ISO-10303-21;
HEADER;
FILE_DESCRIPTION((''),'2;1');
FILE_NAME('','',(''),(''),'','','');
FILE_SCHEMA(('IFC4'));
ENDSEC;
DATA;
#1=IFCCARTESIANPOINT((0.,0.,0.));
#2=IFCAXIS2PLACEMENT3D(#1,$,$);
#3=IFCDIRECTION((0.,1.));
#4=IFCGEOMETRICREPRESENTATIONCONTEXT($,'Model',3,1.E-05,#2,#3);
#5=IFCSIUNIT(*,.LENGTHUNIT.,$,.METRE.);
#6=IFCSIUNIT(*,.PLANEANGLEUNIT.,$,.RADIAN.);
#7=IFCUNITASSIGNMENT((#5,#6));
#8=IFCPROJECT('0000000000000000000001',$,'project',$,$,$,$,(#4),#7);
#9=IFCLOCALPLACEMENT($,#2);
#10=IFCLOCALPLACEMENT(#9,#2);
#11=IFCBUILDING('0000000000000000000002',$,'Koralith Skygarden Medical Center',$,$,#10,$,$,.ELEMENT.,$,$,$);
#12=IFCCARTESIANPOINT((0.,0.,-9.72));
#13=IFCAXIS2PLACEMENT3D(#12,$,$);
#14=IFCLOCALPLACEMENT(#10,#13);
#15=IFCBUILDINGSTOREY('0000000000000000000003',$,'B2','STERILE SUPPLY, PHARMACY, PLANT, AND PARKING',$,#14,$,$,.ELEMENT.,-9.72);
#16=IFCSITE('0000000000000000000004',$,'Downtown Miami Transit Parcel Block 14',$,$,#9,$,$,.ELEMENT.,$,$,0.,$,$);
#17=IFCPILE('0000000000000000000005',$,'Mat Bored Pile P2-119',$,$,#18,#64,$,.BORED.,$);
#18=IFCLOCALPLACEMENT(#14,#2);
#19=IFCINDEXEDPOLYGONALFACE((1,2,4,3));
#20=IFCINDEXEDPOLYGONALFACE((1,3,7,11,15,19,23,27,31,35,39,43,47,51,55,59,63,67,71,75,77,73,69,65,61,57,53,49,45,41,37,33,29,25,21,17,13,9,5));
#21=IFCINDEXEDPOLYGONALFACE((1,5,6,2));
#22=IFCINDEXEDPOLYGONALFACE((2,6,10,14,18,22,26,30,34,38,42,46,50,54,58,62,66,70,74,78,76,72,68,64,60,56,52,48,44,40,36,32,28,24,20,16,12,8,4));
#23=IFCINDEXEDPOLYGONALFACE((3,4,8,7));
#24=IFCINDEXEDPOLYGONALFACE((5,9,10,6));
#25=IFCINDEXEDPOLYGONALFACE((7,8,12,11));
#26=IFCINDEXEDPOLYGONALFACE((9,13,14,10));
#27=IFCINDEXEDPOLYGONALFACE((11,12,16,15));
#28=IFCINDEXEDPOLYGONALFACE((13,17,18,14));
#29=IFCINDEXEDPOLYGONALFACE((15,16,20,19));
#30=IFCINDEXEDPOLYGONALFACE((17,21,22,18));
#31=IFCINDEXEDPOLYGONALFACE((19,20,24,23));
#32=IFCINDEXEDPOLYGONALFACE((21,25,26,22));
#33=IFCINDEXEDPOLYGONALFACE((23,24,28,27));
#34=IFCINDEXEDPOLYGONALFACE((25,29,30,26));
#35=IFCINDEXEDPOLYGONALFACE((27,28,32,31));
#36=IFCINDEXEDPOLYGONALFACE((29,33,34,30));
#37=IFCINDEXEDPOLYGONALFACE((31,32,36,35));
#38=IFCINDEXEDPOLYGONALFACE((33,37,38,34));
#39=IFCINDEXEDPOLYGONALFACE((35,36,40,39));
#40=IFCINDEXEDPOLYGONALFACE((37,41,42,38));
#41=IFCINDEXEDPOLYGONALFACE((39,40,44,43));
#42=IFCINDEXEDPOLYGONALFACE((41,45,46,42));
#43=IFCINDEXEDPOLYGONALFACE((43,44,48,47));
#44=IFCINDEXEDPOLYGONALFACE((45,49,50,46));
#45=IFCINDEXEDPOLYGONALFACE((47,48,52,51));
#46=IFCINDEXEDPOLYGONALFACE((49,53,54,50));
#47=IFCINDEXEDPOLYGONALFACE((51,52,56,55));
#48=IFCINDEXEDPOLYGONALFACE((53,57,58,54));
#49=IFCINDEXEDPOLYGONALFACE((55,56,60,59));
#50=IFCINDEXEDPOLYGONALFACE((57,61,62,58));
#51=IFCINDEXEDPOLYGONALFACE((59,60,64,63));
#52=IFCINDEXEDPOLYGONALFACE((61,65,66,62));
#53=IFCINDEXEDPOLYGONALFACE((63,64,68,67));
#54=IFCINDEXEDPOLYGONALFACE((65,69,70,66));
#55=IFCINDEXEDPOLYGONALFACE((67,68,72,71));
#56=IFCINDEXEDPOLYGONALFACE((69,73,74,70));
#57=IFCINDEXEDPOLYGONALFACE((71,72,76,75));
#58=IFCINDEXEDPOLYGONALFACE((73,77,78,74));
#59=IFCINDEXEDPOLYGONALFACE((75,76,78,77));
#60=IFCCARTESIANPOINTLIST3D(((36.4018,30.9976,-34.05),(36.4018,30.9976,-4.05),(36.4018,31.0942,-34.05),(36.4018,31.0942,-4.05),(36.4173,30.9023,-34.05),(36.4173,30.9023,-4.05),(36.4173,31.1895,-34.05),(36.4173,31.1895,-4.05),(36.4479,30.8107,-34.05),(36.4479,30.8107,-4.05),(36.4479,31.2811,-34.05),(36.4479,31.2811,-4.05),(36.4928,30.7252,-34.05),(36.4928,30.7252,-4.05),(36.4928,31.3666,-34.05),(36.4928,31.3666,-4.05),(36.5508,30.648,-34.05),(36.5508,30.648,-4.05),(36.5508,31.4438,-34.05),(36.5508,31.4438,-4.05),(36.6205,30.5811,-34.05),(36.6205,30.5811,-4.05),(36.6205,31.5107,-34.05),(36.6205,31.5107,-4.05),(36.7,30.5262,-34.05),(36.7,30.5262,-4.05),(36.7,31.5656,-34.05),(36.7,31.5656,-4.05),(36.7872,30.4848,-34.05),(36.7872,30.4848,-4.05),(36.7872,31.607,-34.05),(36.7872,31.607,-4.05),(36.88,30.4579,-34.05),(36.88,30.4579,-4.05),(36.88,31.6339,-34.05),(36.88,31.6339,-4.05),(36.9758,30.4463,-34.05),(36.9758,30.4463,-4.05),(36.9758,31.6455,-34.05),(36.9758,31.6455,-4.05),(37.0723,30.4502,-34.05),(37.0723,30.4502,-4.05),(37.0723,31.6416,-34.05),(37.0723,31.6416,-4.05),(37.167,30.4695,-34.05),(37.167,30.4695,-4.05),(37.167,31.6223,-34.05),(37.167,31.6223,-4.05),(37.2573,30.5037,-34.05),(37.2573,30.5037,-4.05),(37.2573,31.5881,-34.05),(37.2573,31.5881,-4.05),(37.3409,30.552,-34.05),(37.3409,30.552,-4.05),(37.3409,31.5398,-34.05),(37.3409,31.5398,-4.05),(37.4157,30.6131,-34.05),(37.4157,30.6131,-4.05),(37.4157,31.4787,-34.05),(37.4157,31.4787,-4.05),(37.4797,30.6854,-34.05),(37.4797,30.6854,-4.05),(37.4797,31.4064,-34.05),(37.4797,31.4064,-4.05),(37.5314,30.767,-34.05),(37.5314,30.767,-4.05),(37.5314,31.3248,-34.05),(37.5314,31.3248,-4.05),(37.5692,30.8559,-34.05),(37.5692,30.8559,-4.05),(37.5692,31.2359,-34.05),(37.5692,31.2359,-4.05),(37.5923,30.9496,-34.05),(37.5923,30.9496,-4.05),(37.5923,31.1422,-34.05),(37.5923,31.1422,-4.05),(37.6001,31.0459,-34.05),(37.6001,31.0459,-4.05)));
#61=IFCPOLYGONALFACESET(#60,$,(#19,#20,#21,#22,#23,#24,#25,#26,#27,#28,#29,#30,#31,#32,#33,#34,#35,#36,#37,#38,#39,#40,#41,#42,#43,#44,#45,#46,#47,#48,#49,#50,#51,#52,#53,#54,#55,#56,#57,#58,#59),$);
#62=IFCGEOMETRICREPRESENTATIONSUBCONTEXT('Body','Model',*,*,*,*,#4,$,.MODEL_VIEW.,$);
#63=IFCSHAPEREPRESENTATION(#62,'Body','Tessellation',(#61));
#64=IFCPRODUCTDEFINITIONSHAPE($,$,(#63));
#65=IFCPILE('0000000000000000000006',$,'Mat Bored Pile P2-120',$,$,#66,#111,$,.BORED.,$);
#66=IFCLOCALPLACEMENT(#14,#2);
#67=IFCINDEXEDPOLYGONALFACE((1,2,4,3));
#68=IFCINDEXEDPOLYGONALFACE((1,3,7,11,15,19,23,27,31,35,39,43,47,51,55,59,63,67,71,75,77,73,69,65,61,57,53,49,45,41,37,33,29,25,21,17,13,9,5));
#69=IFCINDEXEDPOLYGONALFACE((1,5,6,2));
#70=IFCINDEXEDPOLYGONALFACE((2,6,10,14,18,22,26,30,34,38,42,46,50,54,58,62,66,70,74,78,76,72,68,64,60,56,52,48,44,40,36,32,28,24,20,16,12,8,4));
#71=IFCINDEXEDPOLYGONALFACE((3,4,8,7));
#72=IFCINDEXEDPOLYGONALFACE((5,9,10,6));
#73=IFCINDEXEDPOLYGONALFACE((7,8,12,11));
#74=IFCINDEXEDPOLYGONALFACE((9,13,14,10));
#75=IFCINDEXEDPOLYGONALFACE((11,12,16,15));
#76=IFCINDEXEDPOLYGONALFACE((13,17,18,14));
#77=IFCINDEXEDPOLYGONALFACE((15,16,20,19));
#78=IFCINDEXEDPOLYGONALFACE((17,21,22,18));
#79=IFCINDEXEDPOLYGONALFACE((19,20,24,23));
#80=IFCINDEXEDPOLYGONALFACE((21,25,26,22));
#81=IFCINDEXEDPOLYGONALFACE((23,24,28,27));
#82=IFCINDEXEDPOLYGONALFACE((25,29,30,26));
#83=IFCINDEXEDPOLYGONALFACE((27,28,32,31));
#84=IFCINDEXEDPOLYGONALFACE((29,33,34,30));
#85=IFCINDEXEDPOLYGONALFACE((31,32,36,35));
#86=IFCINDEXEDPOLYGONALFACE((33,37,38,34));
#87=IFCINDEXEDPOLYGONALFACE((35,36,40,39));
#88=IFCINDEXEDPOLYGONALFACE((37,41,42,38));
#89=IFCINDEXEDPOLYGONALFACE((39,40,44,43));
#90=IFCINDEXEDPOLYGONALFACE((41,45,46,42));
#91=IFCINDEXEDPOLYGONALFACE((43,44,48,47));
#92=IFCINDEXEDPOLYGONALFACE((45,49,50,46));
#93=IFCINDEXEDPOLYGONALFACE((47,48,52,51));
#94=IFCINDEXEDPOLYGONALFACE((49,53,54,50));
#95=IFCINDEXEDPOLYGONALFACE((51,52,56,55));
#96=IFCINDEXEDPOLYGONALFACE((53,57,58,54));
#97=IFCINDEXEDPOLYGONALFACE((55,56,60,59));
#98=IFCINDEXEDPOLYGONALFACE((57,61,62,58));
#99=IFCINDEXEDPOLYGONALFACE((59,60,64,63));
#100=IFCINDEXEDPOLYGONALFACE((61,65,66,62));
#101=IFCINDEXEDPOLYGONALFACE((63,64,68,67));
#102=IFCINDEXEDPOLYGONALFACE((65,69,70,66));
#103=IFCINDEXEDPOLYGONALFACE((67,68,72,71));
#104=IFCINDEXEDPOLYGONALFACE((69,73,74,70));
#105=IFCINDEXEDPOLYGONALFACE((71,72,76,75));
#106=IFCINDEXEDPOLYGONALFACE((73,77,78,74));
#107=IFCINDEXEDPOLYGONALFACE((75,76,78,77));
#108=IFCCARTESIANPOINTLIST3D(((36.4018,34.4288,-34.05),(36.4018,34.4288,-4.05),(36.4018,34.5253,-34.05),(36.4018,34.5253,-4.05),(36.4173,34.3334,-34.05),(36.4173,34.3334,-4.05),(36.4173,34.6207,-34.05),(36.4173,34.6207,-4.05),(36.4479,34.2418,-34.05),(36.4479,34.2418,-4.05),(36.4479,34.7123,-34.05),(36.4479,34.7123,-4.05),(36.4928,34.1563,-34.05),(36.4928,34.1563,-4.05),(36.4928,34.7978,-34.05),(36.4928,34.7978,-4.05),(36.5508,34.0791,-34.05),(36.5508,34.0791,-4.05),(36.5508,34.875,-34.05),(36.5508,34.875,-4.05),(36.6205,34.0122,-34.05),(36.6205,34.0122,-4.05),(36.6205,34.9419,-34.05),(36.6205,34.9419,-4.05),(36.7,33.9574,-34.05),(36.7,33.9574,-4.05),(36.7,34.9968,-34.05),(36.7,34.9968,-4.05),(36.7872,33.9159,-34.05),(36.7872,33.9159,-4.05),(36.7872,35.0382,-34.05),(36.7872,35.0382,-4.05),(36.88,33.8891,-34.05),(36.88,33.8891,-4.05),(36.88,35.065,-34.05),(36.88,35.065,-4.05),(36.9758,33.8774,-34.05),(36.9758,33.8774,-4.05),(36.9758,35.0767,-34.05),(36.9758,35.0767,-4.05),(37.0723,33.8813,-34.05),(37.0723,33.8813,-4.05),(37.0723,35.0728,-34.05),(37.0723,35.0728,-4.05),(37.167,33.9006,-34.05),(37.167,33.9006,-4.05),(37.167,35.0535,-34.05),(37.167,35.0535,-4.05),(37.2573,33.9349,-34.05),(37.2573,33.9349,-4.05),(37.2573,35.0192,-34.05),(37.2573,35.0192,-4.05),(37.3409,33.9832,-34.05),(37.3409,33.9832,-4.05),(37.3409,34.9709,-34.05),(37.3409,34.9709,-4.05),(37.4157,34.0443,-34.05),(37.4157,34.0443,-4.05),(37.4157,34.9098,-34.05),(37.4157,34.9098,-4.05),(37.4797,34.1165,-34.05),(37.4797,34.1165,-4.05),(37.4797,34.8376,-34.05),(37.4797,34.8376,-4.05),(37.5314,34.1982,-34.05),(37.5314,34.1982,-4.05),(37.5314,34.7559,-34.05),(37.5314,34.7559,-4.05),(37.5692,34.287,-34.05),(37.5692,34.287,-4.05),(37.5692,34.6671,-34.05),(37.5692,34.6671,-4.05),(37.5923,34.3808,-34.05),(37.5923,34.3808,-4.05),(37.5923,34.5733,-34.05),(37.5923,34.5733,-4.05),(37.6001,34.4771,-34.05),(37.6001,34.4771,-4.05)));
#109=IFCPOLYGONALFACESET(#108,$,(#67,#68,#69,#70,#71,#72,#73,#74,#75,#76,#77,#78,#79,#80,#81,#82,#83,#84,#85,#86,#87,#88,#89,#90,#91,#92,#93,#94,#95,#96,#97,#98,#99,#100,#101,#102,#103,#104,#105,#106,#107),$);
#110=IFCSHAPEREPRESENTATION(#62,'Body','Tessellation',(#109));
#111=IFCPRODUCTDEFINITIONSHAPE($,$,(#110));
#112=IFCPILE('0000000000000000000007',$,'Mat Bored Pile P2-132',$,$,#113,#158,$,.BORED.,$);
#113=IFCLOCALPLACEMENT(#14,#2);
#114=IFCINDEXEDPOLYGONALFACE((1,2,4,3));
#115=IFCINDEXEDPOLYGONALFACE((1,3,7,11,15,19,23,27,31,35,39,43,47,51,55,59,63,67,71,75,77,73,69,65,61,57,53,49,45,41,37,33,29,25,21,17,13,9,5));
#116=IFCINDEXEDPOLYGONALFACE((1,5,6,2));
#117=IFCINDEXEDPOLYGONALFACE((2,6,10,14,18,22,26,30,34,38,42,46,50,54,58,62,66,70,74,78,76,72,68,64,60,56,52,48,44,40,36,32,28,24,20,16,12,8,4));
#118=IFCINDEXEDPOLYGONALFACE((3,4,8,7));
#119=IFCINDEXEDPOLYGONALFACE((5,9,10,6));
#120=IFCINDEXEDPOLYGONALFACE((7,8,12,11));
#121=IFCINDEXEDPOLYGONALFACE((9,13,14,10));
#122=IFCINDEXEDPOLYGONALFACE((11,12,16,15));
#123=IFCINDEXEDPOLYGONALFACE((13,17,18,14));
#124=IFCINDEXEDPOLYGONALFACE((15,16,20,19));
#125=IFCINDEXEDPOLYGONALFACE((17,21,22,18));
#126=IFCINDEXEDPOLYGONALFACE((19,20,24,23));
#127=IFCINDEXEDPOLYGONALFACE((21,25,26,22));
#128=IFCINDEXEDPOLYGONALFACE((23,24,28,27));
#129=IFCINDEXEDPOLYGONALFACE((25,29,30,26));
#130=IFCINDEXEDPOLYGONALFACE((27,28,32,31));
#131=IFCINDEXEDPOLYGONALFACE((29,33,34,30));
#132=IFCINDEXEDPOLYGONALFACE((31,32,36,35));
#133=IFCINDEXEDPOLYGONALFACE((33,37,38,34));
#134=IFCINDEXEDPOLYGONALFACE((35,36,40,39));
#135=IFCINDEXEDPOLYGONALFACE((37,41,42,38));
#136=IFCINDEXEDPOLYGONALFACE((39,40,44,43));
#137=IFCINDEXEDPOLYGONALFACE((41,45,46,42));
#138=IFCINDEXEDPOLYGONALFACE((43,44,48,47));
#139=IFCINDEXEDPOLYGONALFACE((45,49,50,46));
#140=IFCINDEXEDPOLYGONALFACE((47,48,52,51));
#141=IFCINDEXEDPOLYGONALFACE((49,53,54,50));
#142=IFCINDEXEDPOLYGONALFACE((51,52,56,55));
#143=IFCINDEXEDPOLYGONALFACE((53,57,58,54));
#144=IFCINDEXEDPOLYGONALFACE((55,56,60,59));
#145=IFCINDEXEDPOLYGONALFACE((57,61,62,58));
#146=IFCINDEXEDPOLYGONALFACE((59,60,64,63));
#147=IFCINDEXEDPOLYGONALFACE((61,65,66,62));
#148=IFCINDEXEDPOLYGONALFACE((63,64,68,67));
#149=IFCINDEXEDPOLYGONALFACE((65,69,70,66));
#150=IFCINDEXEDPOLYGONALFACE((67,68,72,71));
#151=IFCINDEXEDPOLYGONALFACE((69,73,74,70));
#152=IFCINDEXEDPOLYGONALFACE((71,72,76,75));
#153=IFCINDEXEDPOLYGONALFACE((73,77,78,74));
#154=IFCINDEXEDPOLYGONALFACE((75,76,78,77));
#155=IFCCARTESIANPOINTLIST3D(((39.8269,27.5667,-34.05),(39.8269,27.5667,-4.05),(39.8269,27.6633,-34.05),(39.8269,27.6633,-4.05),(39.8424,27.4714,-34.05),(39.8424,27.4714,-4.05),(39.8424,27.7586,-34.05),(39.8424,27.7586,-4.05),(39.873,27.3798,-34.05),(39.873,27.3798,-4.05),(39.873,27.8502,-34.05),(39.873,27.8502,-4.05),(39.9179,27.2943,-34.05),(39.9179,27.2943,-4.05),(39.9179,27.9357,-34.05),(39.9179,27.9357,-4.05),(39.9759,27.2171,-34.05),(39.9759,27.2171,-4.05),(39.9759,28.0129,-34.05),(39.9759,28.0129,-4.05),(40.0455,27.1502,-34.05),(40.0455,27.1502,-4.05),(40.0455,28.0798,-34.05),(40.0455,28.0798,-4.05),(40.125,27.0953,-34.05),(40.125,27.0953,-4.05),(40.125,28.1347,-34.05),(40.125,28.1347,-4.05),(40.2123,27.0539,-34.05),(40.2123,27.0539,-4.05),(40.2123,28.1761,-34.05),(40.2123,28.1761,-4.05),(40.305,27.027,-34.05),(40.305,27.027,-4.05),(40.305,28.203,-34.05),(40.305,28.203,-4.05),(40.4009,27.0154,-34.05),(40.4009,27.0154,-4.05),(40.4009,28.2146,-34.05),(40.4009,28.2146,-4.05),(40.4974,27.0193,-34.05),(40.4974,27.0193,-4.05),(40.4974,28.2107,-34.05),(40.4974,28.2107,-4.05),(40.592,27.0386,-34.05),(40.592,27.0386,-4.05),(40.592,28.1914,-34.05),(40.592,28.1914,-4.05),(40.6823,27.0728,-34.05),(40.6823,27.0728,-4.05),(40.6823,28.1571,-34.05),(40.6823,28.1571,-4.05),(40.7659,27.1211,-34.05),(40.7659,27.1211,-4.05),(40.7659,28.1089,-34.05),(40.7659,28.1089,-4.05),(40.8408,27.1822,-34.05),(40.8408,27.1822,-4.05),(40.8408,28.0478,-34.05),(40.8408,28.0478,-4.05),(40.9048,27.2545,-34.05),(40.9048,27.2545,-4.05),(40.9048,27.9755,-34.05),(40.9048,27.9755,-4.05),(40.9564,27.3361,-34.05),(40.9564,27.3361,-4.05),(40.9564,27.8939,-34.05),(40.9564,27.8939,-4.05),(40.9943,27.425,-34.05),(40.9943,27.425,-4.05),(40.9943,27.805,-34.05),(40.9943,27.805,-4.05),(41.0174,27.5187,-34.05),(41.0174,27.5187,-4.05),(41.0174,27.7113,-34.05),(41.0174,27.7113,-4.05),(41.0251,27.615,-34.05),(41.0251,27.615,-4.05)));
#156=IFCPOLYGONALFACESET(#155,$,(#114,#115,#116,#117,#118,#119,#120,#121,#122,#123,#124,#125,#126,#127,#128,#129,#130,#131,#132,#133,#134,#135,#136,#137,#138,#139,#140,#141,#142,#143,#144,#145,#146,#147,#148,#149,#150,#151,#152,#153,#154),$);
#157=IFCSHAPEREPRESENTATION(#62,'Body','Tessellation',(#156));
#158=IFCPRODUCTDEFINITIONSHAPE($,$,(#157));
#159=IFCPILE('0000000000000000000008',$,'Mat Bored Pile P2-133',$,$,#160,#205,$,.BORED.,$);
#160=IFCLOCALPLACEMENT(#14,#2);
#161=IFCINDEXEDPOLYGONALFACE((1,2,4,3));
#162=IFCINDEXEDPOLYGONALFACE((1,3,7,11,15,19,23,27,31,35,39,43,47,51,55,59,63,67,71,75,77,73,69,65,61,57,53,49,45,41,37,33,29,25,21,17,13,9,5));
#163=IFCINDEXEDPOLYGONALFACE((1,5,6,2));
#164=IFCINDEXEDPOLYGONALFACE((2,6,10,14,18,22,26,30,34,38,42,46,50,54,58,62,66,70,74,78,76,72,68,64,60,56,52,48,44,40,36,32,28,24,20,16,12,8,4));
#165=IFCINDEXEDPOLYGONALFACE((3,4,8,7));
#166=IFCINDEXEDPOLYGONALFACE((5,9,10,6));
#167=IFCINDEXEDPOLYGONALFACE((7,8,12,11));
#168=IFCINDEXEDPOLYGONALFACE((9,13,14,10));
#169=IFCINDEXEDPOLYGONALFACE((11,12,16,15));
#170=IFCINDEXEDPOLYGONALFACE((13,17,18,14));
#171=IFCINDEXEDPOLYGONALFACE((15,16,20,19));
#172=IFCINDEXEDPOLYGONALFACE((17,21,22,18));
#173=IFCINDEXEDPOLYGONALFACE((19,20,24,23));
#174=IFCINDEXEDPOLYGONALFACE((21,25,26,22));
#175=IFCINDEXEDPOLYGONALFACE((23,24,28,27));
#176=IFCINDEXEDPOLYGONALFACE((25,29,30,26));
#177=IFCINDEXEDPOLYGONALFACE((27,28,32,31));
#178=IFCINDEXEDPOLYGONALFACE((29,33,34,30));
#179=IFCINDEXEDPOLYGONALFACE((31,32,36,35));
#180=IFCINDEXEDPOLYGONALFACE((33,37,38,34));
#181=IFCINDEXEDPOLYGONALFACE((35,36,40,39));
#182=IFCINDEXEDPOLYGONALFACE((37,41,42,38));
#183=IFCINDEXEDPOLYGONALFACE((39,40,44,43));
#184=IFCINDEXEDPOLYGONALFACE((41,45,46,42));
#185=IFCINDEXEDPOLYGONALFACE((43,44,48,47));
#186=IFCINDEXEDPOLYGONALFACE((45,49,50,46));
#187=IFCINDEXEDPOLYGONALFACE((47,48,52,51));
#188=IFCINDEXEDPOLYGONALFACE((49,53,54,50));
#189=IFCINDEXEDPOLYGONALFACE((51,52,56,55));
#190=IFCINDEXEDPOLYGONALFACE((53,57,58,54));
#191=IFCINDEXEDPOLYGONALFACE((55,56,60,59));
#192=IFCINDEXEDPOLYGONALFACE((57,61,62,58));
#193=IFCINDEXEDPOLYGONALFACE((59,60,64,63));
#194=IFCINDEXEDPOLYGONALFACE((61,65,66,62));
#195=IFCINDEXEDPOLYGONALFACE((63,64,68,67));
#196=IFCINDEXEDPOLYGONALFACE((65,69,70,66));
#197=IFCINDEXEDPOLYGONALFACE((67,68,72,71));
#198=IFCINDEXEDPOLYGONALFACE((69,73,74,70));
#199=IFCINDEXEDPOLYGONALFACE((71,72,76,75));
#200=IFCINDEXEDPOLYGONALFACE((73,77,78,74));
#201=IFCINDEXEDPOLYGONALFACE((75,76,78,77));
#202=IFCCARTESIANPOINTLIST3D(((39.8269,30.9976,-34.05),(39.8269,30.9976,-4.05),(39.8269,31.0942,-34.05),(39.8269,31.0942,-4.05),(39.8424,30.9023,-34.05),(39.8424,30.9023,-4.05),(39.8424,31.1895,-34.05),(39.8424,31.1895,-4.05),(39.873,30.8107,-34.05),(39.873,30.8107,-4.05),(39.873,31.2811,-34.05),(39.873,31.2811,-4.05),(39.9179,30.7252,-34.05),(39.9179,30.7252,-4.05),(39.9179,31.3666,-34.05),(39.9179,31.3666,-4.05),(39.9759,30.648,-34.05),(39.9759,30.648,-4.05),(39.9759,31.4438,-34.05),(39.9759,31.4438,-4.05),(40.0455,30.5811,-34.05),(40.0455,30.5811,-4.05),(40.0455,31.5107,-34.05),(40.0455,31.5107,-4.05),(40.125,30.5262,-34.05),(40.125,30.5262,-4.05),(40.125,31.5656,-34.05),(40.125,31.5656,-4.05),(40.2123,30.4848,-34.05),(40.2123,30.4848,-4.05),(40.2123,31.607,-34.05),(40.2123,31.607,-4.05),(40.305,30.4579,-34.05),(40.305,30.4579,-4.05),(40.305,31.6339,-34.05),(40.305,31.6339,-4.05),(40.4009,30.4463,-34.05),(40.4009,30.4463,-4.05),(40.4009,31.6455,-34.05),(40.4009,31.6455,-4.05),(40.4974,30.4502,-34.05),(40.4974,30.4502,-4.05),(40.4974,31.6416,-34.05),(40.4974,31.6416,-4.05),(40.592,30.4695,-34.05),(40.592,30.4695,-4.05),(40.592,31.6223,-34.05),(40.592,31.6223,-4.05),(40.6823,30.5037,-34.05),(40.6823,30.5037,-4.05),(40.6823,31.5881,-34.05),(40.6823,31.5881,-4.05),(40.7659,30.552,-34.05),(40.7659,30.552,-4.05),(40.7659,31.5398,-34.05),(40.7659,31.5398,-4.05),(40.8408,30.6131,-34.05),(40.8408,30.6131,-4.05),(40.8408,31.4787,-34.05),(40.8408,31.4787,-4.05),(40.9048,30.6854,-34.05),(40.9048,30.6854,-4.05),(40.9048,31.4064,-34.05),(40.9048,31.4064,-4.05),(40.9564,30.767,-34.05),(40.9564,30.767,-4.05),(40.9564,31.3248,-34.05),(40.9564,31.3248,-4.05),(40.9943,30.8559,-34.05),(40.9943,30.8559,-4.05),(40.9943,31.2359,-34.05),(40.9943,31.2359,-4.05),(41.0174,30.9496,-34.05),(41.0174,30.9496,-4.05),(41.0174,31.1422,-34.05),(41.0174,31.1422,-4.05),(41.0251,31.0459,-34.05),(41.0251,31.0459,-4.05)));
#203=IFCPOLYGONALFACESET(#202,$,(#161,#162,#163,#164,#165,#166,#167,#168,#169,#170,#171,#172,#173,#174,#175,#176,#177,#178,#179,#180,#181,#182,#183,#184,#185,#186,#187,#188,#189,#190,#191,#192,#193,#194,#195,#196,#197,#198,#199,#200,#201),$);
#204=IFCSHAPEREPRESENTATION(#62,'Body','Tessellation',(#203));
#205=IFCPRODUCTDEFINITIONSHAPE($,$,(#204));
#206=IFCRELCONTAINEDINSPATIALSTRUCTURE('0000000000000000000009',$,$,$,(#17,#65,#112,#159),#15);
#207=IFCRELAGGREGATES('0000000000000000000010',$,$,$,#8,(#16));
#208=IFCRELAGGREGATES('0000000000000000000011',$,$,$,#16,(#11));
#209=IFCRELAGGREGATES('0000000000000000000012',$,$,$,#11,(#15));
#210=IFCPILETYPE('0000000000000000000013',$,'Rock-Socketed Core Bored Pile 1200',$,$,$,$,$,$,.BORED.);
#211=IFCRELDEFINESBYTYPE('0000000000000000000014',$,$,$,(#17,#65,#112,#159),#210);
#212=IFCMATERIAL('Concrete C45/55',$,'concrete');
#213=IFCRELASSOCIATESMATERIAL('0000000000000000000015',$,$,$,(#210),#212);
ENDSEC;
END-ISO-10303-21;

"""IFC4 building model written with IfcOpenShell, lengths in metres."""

from ifc_helpers import new_model, si_unit, direction, frame, origin, origin_2d, place, context, subcontext, project, spatial, circle, extrude, material, material_profile, profile_set, type_object, element, save


model = new_model("IFC4")

# Units and contexts
model_context = context("Model", 3, precision=1e-05, world=origin(), true_north=direction((0.0, 1.0)))
body_context = subcontext(model_context, "Body", "Model", "MODEL_VIEW")
ifc_project = project(units=[si_unit("LENGTHUNIT", "METRE"), si_unit("PLANEANGLEUNIT", "RADIAN")], contexts=[model_context])

# Site, building, storey
site_placement = place(None, origin())
site = spatial("IfcSite", under=ifc_project, at=site_placement, Name="Downtown Miami Transit Parcel Block 14", CompositionType="ELEMENT", RefElevation=0.0)
building_placement = place(site_placement, origin())
building = spatial("IfcBuilding", under=site, at=building_placement, Name="Koralith Skygarden Medical Center", CompositionType="ELEMENT")
storey_placement = place(building_placement, frame((0.0, 0.0, -9.72)))
storey = spatial("IfcBuildingStorey", under=building, at=storey_placement, Name="B2", Description="STERILE SUPPLY, PHARMACY, PLANT, AND PARKING", CompositionType="ELEMENT", Elevation=-9.72)

# Piles
ifc_material_1 = material(Name="Concrete C45/55", Category="concrete")
ifc_material_profile_1 = material_profile(ifc_material_1, circle(Radius=0.6001, at=origin_2d()), Name="PILE1200")
ifc_profile_set_1 = profile_set([ifc_material_profile_1], Name="Concrete C45/55")
pile_type_1 = type_object("IfcPileType", Name="Rock-Socketed Core Bored Pile 1200", PredefinedType="BORED", material=ifc_profile_set_1)
for number, where, z_axis, x_axis, name in (
    (1, (37.0, 31.0459, -4.05), (0.0, 0.0, -1.0), (1.0, 0.0, 0.0), "Mat Bored Pile P2-119"),
    (2, (37.0, 34.4771, -4.05), (0.0, 0.0, -1.0), (1.0, 0.0, 0.0), "Mat Bored Pile P2-120"),
    (3, (40.425, 27.615, -4.05), (0.0, 0.0, -1.0), (1.0, 0.0, 0.0), "Mat Bored Pile P2-132"),
    (4, (40.425, 31.0459, -4.05), (0.0, 0.0, -1.0), (1.0, 0.0, 0.0), "Mat Bored Pile P2-133"),
):
    element("IfcPile", number, at=place(storey_placement, frame(where, z_axis=z_axis, x_axis=x_axis)), inside=storey, type_object=pile_type_1, Name=name, PredefinedType="BORED", context=body_context, shape_type="SweptSolid", body=[
        extrude(circle(Radius=0.6001, at=origin_2d()), origin(), (0.0, 0.0, 1.0), 30.0),
    ])

save(model, "model.ifc")
